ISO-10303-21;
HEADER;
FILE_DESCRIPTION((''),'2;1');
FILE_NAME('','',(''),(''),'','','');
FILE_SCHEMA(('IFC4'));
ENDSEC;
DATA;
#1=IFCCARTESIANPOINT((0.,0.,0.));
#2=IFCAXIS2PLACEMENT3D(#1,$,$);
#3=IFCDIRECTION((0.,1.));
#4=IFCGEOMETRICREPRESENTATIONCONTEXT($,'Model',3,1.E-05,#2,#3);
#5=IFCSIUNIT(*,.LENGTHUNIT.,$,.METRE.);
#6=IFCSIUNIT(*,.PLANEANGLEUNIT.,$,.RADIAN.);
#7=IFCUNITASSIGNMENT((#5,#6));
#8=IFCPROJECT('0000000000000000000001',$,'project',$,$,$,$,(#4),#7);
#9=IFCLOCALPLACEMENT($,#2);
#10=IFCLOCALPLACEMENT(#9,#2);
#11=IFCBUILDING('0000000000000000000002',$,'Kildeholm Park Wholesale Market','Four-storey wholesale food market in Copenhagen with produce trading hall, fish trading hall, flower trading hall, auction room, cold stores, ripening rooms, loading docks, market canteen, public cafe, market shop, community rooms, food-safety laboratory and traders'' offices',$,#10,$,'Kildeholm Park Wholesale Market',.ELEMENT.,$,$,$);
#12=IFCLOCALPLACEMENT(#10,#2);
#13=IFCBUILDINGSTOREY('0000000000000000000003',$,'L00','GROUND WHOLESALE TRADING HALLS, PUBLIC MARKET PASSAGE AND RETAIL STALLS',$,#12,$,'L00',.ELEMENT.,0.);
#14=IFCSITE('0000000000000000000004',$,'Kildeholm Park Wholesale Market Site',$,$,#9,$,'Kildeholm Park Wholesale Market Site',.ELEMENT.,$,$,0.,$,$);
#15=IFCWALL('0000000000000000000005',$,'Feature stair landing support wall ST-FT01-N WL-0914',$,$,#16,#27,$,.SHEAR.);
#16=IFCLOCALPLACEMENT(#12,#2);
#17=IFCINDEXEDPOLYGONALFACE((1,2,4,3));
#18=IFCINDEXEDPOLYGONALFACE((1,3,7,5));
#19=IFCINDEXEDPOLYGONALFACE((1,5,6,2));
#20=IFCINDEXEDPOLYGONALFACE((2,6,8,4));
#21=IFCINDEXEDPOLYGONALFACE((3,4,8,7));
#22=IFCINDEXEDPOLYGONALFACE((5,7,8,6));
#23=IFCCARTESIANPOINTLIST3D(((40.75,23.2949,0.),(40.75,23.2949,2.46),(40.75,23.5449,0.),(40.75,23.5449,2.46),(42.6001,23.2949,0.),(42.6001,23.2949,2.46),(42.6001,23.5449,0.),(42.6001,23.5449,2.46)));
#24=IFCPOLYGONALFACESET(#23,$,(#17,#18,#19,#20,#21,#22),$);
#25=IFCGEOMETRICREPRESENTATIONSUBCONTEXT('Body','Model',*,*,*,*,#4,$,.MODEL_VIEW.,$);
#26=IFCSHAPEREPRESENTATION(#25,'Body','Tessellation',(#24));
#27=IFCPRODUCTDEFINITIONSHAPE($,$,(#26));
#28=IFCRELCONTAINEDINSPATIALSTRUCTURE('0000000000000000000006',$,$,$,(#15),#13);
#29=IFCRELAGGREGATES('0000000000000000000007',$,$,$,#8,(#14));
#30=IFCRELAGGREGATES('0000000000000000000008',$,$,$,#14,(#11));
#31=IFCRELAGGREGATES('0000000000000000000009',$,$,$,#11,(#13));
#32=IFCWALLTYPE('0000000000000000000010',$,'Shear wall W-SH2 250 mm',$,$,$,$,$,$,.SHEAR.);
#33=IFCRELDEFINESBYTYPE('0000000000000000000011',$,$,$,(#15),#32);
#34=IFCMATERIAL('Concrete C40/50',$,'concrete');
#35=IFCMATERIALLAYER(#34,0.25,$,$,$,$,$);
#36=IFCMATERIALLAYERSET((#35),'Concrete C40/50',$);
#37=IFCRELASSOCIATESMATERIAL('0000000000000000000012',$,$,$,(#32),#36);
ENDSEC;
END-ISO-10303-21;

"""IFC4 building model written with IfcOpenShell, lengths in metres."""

from ifc_helpers import new_model, si_unit, direction, frame, frame_2d, origin, place, context, subcontext, project, spatial, rectangle, extrude, material, layer, layer_set, type_object, element, save


model = new_model("IFC4")

# Units and contexts
model_context = context("Model", 3, precision=1e-05, world=origin(), true_north=direction((0.0, 1.0)))
body_context = subcontext(model_context, "Body", "Model", "MODEL_VIEW")
ifc_project = project(units=[si_unit("LENGTHUNIT", "METRE"), si_unit("PLANEANGLEUNIT", "RADIAN")], contexts=[model_context])

# Site, building, storey
site_placement = place(None, origin())
site = spatial("IfcSite", under=ifc_project, at=site_placement, Name="Kildeholm Park Wholesale Market Site", LongName="Kildeholm Park Wholesale Market Site", CompositionType="ELEMENT", RefElevation=0.0)
building_placement = place(site_placement, origin())
building = spatial("IfcBuilding", under=site, at=building_placement, Name="Kildeholm Park Wholesale Market", Description="Four-storey wholesale food market in Copenhagen with produce trading hall, fish trading hall, flower trading hall, auction room, cold stores, ripening rooms, loading docks, market canteen, public cafe, market shop, community rooms, food-safety laboratory and traders' offices", LongName="Kildeholm Park Wholesale Market", CompositionType="ELEMENT")
storey_placement = place(building_placement, origin())
storey = spatial("IfcBuildingStorey", under=building, at=storey_placement, Name="L00", Description="GROUND WHOLESALE TRADING HALLS, PUBLIC MARKET PASSAGE AND RETAIL STALLS", LongName="L00", CompositionType="ELEMENT", Elevation=0.0)

# Wall
ifc_material_1 = material(Name="Concrete C40/50", Category="concrete")
ifc_layer_1 = layer(ifc_material_1, 0.25)
ifc_layer_set_1 = layer_set([ifc_layer_1], Name="Concrete C40/50")
wall_type_1 = type_object("IfcWallType", Name="Shear wall W-SH2 250 mm", PredefinedType="SHEAR", material=ifc_layer_set_1)
wall_1_placement = place(storey_placement, frame((40.75, 23.4199, 0.0), z_axis=(0.0, 0.0, 1.0), x_axis=(1.0, 0.0, 0.0)))
element("IfcWall", 1, at=wall_1_placement, inside=storey, type_object=wall_type_1, Name="Feature stair landing support wall ST-FT01-N WL-0914", PredefinedType="SHEAR", context=body_context, shape_type="SweptSolid", body=[
    extrude(rectangle(XDim=1.8501, YDim=0.25, at=frame_2d((0.925, 0.0))), origin(), (0.0, 0.0, 1.0), 2.46),
])

save(model, "model.ifc")
